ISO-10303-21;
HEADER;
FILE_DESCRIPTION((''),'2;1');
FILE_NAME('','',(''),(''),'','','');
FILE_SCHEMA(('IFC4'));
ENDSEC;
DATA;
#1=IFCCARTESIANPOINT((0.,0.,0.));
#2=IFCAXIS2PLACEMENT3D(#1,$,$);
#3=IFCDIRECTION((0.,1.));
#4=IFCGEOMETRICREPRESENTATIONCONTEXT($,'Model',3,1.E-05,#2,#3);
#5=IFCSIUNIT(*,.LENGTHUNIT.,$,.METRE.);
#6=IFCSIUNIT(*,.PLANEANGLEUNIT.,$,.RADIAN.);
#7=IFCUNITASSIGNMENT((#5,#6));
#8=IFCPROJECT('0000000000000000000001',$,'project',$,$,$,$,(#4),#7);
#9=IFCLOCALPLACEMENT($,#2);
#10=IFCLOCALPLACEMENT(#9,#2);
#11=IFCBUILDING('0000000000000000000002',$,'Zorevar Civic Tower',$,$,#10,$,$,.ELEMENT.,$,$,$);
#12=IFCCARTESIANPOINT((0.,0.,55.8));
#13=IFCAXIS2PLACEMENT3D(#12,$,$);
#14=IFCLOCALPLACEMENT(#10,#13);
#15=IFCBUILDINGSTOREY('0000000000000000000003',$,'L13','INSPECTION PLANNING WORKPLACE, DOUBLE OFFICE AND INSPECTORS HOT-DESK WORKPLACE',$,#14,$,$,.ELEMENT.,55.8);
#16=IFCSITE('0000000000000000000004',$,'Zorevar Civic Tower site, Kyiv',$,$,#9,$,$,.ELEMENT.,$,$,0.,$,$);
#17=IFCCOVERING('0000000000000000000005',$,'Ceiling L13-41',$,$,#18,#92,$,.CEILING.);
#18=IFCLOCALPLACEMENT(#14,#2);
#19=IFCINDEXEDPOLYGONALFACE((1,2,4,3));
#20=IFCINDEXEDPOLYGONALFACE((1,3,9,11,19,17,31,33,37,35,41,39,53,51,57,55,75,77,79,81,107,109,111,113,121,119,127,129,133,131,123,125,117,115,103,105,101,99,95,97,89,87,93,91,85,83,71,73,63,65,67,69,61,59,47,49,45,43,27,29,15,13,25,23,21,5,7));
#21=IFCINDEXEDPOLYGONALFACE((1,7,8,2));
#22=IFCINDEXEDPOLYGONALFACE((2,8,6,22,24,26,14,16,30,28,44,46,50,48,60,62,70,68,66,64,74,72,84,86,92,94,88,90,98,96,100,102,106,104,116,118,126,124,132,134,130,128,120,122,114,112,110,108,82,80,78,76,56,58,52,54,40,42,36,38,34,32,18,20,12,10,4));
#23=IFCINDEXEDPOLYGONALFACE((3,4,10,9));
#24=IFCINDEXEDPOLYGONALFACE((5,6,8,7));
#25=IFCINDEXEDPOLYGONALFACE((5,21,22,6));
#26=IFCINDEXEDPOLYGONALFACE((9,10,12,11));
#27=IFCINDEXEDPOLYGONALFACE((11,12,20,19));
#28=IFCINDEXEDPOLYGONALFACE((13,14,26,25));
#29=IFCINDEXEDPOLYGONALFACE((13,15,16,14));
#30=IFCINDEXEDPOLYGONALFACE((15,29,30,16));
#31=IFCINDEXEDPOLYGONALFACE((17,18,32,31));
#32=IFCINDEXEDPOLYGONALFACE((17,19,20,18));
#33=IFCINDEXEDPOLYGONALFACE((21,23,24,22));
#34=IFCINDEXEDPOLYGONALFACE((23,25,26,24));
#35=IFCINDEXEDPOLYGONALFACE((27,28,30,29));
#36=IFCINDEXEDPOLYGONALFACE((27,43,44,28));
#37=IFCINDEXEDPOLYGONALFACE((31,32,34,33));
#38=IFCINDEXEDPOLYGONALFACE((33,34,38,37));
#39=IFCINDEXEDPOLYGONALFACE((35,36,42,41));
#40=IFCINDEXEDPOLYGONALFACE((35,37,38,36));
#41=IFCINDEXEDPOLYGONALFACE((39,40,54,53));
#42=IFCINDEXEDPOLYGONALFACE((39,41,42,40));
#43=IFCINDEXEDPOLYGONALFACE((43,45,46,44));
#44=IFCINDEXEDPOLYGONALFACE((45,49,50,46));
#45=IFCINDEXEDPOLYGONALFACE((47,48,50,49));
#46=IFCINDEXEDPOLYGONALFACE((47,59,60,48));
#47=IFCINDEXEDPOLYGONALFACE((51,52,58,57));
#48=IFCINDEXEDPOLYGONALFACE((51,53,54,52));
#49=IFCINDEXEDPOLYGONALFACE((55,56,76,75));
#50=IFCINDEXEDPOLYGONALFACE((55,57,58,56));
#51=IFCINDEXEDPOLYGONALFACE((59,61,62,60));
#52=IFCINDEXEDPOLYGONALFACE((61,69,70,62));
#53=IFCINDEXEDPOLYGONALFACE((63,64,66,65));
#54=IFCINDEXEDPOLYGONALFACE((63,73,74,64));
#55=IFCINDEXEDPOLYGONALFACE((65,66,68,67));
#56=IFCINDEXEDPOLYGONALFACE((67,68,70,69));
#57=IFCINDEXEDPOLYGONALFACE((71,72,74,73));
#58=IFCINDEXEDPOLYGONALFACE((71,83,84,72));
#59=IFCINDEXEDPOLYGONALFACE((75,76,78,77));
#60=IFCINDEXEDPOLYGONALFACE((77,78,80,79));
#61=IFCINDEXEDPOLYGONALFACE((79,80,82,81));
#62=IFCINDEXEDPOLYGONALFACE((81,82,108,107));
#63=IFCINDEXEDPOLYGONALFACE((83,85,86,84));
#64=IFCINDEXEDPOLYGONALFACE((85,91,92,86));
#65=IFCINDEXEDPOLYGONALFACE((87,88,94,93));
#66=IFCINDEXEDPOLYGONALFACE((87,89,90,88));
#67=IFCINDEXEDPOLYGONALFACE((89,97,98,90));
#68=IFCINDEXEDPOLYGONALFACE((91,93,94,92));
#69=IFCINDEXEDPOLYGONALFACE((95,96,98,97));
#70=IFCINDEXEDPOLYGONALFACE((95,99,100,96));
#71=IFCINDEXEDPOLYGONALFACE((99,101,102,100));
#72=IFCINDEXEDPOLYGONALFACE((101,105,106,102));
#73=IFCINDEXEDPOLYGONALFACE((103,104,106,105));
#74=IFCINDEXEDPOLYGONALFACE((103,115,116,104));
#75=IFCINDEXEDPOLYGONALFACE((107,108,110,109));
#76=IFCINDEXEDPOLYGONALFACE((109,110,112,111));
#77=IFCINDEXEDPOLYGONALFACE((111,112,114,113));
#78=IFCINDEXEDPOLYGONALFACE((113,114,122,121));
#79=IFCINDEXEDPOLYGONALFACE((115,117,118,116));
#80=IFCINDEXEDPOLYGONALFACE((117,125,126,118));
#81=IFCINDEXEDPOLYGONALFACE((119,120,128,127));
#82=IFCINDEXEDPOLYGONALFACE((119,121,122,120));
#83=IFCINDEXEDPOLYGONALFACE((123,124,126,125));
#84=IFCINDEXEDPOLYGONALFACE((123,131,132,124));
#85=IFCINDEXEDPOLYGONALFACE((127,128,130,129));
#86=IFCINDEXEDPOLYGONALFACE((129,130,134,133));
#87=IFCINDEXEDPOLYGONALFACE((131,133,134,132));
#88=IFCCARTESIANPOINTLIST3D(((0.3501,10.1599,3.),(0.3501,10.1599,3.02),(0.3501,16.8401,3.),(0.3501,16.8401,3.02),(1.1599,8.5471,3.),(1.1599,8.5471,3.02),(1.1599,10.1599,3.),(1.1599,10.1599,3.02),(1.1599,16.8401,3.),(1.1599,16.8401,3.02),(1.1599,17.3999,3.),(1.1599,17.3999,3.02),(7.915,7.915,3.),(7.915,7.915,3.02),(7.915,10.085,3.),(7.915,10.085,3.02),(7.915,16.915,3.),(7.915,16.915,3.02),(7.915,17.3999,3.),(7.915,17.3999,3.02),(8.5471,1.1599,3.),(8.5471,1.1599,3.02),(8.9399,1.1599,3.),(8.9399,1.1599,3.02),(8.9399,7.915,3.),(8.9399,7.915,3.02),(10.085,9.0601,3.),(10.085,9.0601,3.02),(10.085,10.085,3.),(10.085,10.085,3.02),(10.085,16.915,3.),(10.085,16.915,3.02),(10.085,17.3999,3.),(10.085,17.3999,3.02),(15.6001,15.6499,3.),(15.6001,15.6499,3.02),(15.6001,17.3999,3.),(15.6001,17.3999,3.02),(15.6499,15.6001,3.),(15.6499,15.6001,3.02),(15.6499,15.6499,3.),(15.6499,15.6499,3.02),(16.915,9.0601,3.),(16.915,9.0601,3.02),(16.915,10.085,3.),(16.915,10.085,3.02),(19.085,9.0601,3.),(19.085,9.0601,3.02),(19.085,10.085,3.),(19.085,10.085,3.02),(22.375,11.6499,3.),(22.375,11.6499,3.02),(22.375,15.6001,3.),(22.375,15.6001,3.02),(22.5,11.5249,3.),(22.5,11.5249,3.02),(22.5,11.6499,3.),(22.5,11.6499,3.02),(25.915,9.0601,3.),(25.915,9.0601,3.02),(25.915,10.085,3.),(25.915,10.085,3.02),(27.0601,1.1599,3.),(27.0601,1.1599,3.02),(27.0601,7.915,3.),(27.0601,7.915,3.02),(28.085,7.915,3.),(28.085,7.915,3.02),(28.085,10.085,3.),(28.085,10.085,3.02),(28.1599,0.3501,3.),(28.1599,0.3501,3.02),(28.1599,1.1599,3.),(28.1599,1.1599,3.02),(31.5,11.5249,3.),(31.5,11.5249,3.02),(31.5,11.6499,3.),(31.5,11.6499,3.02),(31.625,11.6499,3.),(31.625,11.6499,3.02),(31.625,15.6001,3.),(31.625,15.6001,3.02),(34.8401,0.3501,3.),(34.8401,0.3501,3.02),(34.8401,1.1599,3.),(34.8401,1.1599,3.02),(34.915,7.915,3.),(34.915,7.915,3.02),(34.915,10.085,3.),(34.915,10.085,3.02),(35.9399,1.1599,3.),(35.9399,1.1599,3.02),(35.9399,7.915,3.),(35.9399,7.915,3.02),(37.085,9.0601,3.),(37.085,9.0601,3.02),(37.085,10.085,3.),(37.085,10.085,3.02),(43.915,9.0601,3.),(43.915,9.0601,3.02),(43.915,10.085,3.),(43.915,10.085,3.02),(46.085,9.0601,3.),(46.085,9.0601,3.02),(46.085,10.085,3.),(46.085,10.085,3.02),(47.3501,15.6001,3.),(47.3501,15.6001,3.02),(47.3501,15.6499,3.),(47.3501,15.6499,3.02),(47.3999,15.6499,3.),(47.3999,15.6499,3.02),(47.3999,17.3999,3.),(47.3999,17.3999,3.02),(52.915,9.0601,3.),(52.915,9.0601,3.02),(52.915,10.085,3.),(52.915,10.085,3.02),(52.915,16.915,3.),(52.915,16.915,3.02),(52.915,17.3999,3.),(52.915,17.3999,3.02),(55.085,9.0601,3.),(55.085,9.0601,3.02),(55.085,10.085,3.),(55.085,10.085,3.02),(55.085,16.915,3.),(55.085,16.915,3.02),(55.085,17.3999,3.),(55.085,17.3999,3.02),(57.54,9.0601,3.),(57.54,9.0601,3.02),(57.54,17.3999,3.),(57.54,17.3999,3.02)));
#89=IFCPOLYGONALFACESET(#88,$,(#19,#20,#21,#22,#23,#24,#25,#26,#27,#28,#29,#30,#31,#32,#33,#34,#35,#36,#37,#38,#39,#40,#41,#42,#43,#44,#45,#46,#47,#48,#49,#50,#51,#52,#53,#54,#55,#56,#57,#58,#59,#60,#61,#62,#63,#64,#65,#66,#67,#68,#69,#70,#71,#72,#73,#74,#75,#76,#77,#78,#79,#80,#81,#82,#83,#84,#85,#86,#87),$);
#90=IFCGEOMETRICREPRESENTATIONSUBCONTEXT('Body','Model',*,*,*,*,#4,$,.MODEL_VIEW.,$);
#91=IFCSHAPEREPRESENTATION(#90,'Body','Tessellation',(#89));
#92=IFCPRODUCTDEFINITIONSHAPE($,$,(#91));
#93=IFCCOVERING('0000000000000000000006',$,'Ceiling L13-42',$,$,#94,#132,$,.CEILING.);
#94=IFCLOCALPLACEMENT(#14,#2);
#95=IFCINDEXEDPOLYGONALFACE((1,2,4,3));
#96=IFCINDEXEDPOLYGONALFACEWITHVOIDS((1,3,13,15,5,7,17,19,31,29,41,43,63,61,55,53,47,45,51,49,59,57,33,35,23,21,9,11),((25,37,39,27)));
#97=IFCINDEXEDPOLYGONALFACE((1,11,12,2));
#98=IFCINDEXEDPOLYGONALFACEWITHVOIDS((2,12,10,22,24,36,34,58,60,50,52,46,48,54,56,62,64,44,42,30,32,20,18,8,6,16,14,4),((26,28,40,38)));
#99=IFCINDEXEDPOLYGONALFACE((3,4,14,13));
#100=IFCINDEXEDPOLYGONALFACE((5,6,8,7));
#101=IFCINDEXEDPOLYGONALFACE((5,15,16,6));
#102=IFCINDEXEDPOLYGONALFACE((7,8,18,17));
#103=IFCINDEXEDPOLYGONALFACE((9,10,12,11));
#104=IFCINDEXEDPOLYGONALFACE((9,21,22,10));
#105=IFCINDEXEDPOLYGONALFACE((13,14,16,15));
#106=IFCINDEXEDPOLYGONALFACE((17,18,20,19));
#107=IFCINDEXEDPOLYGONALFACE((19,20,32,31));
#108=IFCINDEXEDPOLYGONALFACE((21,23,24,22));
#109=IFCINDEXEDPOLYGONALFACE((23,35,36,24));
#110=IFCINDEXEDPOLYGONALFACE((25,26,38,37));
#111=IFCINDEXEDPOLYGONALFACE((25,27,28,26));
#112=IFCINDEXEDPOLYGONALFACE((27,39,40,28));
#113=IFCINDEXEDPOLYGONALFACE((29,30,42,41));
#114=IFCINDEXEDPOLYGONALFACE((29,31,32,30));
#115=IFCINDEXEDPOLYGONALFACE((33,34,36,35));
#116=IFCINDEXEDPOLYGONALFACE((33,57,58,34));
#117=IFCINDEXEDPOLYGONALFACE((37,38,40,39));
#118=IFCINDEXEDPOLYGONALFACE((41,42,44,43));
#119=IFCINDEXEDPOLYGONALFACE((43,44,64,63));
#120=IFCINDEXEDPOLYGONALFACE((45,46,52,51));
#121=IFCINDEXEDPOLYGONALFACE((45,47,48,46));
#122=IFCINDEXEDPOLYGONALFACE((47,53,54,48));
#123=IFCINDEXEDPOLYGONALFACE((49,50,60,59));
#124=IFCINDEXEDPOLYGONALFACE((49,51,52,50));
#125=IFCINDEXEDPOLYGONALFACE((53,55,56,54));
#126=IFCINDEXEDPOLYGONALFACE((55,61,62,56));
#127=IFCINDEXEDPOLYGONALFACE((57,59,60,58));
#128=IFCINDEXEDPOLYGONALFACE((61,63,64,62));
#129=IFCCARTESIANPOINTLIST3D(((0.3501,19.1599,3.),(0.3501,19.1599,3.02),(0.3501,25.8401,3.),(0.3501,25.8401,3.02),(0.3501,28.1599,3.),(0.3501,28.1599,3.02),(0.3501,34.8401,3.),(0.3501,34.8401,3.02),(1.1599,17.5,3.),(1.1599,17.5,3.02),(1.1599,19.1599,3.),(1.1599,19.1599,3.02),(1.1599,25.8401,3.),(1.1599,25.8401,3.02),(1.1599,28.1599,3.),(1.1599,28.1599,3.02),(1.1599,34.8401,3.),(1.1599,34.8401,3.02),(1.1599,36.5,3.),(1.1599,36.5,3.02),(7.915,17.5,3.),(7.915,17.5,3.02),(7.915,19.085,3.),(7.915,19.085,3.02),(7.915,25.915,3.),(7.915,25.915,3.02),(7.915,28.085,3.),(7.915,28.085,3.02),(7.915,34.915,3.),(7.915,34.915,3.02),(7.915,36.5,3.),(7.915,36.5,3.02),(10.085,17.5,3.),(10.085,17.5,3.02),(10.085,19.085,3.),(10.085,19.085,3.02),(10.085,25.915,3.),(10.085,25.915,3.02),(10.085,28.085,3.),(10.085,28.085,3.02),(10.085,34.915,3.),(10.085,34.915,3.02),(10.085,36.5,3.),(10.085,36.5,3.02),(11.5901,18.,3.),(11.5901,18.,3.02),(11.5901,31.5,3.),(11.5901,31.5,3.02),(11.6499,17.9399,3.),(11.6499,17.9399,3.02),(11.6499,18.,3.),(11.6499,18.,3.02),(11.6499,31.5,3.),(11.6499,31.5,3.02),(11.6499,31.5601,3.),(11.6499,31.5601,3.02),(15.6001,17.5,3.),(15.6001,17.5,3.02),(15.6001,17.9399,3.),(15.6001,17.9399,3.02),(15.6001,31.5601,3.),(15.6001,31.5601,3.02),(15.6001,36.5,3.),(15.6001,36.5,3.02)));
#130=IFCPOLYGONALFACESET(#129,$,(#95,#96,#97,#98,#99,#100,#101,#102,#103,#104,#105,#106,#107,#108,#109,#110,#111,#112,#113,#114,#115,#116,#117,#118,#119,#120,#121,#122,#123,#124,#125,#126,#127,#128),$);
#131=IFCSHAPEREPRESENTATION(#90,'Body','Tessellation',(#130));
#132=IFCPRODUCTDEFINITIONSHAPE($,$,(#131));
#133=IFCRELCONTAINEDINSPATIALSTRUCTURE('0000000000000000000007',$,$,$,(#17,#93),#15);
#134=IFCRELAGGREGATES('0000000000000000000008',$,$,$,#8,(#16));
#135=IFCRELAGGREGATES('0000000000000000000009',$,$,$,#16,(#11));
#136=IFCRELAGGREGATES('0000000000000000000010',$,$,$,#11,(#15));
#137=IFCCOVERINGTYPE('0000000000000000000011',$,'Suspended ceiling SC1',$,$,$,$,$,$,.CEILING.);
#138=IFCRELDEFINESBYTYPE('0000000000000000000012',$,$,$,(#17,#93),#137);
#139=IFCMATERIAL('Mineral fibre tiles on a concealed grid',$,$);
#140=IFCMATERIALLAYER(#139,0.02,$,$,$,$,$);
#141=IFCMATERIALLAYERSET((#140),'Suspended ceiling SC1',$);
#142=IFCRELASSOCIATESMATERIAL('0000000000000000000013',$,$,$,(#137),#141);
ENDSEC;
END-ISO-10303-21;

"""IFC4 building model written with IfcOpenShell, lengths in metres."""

from ifc_helpers import new_model, si_unit, direction, frame, origin, place, context, subcontext, project, spatial, polyline, outline, extrude, material, layer, layer_set, type_object, element, save


model = new_model("IFC4")

# Units and contexts
model_context = context("Model", 3, precision=1e-05, world=origin(), true_north=direction((0.0, 1.0)))
body_context = subcontext(model_context, "Body", "Model", "MODEL_VIEW")
ifc_project = project(units=[si_unit("LENGTHUNIT", "METRE"), si_unit("PLANEANGLEUNIT", "RADIAN")], contexts=[model_context])

# Site, building, storey
site_placement = place(None, origin())
site = spatial("IfcSite", under=ifc_project, at=site_placement, Name="Zorevar Civic Tower site, Kyiv", CompositionType="ELEMENT", RefElevation=0.0)
building_placement = place(site_placement, origin())
building = spatial("IfcBuilding", under=site, at=building_placement, Name="Zorevar Civic Tower", CompositionType="ELEMENT")
storey_placement = place(building_placement, frame((0.0, 0.0, 55.8)))
storey = spatial("IfcBuildingStorey", under=building, at=storey_placement, Name="L13", Description="INSPECTION PLANNING WORKPLACE, DOUBLE OFFICE AND INSPECTORS HOT-DESK WORKPLACE", CompositionType="ELEMENT", Elevation=55.8)

# Coverings
ifc_material_1 = material(Name="Mineral fibre tiles on a concealed grid")
ifc_layer_1 = layer(ifc_material_1, 0.02)
ifc_layer_set_1 = layer_set([ifc_layer_1], Name="Suspended ceiling SC1")
covering_type_1 = type_object("IfcCoveringType", Name="Suspended ceiling SC1", PredefinedType="CEILING", material=ifc_layer_set_1)
covering_1_placement = place(storey_placement, frame((0.0, 0.0, 3.0)))
element("IfcCovering", 1, at=covering_1_placement, inside=storey, type_object=covering_type_1, Name="Ceiling L13-41", PredefinedType="CEILING", context=body_context, shape_type="SweptSolid", body=[
    extrude(outline(polyline([(1.1599, 17.3999), (7.915, 17.3999), (7.915, 16.915), (10.085, 16.915), (10.085, 17.3999), (15.6001, 17.3999), (15.6001, 15.6499), (15.6499, 15.6499), (15.6499, 15.6001), (22.375, 15.6001), (22.375, 11.6499), (22.5, 11.6499), (22.5, 11.5249), (31.5, 11.5249), (31.5, 11.6499), (31.625, 11.6499), (31.625, 15.6001), (47.3501, 15.6001), (47.3501, 15.6499), (47.3999, 15.6499), (47.3999, 17.3999), (52.915, 17.3999), (52.915, 16.915), (55.085, 16.915), (55.085, 17.3999), (57.54, 17.3999), (57.54, 9.0601), (55.085, 9.0601), (55.085, 10.085), (52.915, 10.085), (52.915, 9.0601), (46.085, 9.0601), (46.085, 10.085), (43.915, 10.085), (43.915, 9.0601), (37.085, 9.0601), (37.085, 10.085), (34.915, 10.085), (34.915, 7.915), (35.9399, 7.915), (35.9399, 1.1599), (34.8401, 1.1599), (34.8401, 0.3501), (28.1599, 0.3501), (28.1599, 1.1599), (27.0601, 1.1599), (27.0601, 7.915), (28.085, 7.915), (28.085, 10.085), (25.915, 10.085), (25.915, 9.0601), (19.085, 9.0601), (19.085, 10.085), (16.915, 10.085), (16.915, 9.0601), (10.085, 9.0601), (10.085, 10.085), (7.915, 10.085), (7.915, 7.915), (8.9399, 7.915), (8.9399, 1.1599), (8.5471, 1.1599), (1.1599, 8.5471), (1.1599, 10.1599), (0.3501, 10.1599), (0.3501, 16.8401), (1.1599, 16.8401), (1.1599, 17.3999)])), origin(), (0.0, 0.0, 1.0), 0.02),
])
covering_2_placement = place(storey_placement, frame((0.0, 0.0, 3.0)))
element("IfcCovering", 2, at=covering_2_placement, inside=storey, type_object=covering_type_1, Name="Ceiling L13-42", PredefinedType="CEILING", context=body_context, shape_type="SweptSolid", body=[
    extrude(outline(polyline([(10.085, 19.085), (7.915, 19.085), (7.915, 17.5), (1.1599, 17.5), (1.1599, 19.1599), (0.3501, 19.1599), (0.3501, 25.8401), (1.1599, 25.8401), (1.1599, 28.1599), (0.3501, 28.1599), (0.3501, 34.8401), (1.1599, 34.8401), (1.1599, 36.5), (7.915, 36.5), (7.915, 34.915), (10.085, 34.915), (10.085, 36.5), (15.6001, 36.5), (15.6001, 31.5601), (11.6499, 31.5601), (11.6499, 31.5), (11.5901, 31.5), (11.5901, 18.0), (11.6499, 18.0), (11.6499, 17.9399), (15.6001, 17.9399), (15.6001, 17.5), (10.085, 17.5), (10.085, 19.085)]), holes=[polyline([(7.915, 28.085), (7.915, 25.915), (10.085, 25.915), (10.085, 28.085), (7.915, 28.085)])]), origin(), (0.0, 0.0, 1.0), 0.02),
])

save(model, "model.ifc")
